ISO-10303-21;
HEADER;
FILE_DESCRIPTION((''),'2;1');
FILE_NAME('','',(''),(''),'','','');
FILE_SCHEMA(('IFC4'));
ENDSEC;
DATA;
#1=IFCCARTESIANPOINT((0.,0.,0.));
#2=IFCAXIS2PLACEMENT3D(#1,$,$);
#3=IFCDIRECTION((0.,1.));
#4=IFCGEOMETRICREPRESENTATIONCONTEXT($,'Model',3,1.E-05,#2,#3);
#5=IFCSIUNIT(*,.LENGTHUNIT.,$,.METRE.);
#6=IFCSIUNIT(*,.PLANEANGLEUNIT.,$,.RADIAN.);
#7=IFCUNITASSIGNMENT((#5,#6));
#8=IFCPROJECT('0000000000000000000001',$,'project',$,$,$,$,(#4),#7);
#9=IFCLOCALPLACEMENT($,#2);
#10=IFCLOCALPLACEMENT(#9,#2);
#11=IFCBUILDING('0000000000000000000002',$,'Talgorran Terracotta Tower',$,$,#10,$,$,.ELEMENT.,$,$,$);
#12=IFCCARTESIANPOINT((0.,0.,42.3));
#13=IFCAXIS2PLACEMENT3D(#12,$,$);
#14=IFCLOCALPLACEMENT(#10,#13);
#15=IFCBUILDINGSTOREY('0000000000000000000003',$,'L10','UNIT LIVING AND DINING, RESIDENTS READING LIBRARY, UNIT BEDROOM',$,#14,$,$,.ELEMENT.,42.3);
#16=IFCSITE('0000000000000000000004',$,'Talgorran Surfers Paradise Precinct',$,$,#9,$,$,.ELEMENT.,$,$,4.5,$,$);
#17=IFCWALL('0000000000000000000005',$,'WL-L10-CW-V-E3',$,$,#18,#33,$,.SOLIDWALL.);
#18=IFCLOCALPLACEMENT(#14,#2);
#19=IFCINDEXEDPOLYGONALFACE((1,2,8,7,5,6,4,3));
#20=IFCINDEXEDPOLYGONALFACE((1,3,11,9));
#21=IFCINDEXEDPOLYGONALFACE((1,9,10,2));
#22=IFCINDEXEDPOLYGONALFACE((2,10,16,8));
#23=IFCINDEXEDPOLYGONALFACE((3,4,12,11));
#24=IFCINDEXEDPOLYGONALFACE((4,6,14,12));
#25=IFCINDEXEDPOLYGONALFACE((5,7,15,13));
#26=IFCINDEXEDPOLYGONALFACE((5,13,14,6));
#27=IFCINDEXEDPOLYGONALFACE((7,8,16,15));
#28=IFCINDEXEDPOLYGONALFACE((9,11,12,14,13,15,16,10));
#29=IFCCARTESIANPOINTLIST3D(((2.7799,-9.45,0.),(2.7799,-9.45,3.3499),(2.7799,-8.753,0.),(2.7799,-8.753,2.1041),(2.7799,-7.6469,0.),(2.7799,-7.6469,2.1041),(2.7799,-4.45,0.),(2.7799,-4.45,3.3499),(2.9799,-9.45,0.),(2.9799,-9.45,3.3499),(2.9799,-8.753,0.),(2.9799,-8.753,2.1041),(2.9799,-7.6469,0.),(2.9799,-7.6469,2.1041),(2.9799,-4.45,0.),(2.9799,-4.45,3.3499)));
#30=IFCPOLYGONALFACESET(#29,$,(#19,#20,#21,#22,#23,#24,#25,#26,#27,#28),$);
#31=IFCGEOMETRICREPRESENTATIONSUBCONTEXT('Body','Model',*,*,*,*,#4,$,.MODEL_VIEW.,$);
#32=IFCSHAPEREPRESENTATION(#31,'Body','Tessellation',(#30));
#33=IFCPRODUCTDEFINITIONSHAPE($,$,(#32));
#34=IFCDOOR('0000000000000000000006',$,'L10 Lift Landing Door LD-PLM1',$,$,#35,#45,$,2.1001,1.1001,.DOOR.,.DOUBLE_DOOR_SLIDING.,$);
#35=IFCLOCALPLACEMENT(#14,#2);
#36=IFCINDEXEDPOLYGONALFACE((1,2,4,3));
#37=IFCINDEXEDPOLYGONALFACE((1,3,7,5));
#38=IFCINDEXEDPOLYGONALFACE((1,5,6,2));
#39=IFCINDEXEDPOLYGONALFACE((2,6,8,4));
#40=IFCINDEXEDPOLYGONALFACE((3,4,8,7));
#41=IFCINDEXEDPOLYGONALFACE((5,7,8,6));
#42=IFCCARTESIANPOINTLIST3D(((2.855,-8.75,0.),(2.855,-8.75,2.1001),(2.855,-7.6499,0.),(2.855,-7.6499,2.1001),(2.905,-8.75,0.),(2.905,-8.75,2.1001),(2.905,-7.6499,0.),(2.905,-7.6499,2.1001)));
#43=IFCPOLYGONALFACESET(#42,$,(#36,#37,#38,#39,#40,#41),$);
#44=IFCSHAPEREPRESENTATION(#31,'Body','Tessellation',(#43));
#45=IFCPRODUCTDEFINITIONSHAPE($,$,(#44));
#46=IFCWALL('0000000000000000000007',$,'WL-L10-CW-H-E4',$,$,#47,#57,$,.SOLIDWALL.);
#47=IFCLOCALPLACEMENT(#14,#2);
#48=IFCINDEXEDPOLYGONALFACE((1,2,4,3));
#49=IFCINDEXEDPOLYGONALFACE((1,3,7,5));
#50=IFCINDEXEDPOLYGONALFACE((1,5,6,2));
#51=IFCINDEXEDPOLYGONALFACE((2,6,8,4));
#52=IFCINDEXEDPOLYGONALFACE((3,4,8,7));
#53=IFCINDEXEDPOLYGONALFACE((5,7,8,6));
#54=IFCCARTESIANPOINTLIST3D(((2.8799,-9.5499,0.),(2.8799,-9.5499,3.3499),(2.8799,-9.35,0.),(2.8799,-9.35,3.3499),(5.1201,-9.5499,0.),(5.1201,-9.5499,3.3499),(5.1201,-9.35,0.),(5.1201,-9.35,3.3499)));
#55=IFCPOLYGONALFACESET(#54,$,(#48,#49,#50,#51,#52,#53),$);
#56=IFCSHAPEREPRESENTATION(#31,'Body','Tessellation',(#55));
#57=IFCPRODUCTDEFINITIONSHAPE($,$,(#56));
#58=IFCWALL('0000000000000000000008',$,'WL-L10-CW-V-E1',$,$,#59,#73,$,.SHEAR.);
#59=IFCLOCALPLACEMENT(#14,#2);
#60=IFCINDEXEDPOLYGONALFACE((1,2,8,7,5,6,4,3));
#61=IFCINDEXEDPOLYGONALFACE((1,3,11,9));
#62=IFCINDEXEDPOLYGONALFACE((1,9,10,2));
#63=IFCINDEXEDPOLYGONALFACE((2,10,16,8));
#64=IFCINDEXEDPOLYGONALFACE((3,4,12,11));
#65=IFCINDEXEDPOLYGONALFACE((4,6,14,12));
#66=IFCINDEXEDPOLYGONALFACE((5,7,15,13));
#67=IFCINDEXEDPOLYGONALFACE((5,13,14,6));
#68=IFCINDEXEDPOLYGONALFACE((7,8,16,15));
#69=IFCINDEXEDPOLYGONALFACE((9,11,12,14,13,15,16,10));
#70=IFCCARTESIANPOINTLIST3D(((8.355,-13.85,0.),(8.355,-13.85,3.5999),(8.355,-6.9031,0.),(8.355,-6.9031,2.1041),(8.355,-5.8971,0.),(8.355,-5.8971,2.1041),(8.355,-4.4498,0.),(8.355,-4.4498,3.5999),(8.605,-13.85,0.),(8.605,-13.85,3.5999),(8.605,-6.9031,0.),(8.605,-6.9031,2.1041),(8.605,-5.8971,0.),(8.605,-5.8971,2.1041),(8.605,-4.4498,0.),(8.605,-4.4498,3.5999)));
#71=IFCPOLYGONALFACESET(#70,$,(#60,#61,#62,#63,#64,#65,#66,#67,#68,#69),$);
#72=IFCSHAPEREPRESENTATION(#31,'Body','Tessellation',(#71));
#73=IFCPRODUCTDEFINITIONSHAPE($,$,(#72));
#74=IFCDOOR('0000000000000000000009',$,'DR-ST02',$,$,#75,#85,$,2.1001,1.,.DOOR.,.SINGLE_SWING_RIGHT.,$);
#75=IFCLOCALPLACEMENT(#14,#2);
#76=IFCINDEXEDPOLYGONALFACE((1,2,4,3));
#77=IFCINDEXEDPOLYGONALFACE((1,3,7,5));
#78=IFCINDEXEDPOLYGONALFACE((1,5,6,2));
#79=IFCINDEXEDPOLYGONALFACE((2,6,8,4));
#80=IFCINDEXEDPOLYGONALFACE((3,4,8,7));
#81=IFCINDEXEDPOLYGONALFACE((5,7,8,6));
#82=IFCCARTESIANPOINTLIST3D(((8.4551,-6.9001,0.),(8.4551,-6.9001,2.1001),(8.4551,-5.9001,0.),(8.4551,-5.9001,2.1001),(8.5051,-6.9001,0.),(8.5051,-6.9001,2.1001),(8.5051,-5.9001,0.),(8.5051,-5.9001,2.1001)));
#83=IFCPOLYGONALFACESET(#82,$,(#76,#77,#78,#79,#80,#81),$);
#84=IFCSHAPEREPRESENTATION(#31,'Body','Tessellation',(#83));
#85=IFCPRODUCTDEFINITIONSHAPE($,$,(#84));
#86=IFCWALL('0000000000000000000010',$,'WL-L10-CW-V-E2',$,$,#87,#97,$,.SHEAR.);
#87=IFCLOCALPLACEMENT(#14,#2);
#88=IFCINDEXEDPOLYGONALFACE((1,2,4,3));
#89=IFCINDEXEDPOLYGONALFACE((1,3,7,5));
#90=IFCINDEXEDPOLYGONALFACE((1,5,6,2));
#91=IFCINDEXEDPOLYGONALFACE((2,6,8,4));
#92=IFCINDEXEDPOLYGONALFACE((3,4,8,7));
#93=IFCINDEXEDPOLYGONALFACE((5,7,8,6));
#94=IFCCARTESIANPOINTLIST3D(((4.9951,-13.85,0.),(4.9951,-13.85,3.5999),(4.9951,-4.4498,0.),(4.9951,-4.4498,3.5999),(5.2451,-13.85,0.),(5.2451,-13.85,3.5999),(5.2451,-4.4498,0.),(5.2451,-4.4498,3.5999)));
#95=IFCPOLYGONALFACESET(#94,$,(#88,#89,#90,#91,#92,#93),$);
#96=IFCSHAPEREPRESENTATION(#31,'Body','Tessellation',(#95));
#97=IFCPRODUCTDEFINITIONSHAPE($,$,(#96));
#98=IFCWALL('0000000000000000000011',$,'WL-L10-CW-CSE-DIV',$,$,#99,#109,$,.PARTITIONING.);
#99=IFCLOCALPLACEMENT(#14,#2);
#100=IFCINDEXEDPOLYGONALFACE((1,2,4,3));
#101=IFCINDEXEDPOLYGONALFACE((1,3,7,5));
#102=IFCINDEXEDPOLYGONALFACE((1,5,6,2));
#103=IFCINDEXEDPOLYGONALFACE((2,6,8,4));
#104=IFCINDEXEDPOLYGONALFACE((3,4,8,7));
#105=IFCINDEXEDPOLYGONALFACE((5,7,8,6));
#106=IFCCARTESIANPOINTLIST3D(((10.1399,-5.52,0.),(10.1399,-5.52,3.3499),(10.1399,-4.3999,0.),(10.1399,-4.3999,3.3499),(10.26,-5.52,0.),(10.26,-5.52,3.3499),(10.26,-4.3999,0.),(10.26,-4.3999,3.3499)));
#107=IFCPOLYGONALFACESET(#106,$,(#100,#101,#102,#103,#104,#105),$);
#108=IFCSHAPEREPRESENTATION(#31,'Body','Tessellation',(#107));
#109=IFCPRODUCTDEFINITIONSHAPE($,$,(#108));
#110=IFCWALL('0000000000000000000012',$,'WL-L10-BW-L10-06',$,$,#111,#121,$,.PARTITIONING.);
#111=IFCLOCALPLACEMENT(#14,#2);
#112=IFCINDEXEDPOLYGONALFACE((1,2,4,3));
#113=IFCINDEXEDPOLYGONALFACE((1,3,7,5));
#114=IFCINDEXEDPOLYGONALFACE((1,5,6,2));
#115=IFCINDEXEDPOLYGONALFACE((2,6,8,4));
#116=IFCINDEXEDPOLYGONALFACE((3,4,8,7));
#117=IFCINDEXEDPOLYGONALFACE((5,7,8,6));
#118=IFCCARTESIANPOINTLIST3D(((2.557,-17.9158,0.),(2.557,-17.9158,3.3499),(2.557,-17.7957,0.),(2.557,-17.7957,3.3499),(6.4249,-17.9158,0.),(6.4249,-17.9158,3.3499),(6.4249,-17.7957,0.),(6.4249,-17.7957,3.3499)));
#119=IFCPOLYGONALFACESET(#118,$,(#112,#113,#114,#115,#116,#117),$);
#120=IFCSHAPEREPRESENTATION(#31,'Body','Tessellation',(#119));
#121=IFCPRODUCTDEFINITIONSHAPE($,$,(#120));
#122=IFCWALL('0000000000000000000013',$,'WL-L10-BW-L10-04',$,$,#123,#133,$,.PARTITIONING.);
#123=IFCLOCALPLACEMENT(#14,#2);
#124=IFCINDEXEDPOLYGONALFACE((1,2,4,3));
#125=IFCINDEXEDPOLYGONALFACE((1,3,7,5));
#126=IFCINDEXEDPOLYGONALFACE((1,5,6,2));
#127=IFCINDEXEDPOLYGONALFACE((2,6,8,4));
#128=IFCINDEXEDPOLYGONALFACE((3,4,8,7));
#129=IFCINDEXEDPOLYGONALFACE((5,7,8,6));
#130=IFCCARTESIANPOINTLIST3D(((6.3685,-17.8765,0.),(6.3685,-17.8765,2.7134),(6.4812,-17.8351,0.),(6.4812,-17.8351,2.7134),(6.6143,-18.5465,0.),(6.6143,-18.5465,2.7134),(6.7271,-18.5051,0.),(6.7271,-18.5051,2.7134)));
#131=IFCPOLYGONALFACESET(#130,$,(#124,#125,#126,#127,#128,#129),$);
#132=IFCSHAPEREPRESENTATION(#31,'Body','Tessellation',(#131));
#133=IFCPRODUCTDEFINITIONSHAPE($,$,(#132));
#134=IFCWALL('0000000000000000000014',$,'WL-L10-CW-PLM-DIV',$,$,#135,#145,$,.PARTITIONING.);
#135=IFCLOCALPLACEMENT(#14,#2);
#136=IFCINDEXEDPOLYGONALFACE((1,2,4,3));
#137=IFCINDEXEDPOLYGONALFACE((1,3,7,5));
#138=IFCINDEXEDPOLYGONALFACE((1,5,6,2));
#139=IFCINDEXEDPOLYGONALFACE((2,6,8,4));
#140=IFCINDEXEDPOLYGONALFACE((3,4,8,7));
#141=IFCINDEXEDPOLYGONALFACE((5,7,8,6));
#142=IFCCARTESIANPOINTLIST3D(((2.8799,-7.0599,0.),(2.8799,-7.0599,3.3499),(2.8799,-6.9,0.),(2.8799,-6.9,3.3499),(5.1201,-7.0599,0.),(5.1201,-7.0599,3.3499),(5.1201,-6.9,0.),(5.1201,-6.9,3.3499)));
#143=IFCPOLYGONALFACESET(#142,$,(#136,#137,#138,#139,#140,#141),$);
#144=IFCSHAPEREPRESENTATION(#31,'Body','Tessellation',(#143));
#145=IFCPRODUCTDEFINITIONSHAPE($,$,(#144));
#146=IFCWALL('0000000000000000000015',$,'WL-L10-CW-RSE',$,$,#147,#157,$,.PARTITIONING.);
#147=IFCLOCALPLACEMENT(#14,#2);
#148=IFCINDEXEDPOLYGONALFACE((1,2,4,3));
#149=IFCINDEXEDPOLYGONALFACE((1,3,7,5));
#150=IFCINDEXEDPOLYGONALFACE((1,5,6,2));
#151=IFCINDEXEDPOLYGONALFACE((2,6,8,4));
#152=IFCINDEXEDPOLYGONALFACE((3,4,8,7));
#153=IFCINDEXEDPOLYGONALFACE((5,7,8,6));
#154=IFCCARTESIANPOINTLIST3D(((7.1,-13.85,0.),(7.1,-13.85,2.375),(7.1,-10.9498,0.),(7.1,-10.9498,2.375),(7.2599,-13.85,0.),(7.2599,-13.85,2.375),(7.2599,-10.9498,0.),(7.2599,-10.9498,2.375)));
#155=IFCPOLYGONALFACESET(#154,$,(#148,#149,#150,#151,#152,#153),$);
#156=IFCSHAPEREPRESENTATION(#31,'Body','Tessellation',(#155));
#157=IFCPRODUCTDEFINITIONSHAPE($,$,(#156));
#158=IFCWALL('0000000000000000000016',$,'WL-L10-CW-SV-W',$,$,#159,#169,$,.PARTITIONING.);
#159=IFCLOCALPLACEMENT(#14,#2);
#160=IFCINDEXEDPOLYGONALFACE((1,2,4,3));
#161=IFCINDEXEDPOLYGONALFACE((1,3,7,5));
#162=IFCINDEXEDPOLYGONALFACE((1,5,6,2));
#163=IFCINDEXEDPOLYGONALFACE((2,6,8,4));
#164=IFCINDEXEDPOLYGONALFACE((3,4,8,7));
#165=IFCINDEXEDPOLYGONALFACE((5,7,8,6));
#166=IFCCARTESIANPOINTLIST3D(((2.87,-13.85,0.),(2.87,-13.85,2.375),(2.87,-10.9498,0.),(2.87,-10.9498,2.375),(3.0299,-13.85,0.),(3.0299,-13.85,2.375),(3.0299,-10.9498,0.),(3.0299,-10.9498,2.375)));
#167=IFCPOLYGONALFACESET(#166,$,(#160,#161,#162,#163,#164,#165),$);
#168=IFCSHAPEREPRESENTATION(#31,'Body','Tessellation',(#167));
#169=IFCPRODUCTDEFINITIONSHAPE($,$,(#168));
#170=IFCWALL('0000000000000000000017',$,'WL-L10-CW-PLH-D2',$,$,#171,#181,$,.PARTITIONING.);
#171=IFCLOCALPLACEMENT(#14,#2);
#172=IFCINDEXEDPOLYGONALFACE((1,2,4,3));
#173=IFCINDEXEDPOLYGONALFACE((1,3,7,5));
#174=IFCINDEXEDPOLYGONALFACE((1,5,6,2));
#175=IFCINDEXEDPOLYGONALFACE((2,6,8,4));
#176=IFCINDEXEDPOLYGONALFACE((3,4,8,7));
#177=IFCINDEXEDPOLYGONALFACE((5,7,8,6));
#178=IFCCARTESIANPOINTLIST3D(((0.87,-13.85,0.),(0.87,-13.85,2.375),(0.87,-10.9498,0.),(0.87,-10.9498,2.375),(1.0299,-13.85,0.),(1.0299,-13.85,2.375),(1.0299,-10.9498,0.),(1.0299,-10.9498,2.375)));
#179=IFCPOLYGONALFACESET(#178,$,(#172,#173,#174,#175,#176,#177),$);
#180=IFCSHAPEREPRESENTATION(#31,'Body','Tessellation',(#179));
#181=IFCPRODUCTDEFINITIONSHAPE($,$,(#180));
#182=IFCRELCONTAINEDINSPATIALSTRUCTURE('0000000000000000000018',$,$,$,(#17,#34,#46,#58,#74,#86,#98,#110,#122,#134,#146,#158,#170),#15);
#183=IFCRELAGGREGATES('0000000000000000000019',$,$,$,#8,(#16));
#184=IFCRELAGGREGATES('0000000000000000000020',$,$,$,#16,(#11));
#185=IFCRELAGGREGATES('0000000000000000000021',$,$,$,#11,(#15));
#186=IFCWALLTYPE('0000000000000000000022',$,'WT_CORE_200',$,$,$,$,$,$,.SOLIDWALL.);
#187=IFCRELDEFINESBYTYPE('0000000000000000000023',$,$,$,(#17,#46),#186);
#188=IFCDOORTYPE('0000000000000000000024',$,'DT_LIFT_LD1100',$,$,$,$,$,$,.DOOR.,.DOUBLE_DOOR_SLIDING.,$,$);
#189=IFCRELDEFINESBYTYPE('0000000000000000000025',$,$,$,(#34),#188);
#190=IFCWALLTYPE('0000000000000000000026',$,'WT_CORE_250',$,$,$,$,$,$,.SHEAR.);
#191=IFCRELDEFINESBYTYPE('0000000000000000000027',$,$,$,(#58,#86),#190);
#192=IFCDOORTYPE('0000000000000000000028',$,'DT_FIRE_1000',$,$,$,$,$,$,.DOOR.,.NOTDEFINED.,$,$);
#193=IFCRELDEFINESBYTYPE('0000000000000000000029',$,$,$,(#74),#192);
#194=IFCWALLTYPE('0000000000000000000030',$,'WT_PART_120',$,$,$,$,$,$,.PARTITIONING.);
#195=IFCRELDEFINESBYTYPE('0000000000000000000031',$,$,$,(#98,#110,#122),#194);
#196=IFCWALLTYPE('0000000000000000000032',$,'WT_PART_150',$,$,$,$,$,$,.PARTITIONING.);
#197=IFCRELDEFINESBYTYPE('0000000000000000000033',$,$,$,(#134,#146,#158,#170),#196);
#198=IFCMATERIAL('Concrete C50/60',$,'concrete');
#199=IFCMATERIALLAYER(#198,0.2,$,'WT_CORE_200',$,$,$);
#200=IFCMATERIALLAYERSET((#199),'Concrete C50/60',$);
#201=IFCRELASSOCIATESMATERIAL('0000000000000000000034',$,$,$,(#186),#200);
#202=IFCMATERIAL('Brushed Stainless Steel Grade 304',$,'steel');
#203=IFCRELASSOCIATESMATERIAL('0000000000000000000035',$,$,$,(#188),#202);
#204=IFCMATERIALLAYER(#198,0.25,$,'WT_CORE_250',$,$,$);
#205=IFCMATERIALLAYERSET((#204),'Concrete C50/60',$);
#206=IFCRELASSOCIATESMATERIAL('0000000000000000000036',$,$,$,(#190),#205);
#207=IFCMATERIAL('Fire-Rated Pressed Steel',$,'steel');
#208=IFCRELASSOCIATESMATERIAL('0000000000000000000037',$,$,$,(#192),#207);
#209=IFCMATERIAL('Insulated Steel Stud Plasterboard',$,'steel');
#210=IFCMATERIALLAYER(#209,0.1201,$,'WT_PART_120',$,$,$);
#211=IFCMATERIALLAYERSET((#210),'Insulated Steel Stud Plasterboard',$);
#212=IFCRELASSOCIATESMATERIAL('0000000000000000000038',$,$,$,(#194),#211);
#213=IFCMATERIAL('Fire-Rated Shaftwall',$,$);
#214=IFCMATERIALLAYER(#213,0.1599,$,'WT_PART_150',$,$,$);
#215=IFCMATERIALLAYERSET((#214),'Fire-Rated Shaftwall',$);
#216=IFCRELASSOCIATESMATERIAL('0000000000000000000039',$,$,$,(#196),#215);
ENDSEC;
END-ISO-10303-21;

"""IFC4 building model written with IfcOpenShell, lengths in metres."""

from ifc_helpers import new_model, si_unit, direction, frame, frame_2d, origin, place, context, subcontext, project, spatial, rectangle, extrude, material, layer, layer_set, type_object, element, fill, save


model = new_model("IFC4")

# Units and contexts
model_context = context("Model", 3, precision=1e-05, world=origin(), true_north=direction((0.0, 1.0)))
body_context = subcontext(model_context, "Body", "Model", "MODEL_VIEW")
ifc_project = project(units=[si_unit("LENGTHUNIT", "METRE"), si_unit("PLANEANGLEUNIT", "RADIAN")], contexts=[model_context])

# Site, building, storey
site_placement = place(None, origin())
site = spatial("IfcSite", under=ifc_project, at=site_placement, Name="Talgorran Surfers Paradise Precinct", CompositionType="ELEMENT", RefElevation=4.5)
building_placement = place(site_placement, origin())
building = spatial("IfcBuilding", under=site, at=building_placement, Name="Talgorran Terracotta Tower", CompositionType="ELEMENT")
storey_placement = place(building_placement, frame((0.0, 0.0, 42.3)))
storey = spatial("IfcBuildingStorey", under=building, at=storey_placement, Name="L10", Description="UNIT LIVING AND DINING, RESIDENTS READING LIBRARY, UNIT BEDROOM", CompositionType="ELEMENT", Elevation=42.3)

# Shared definitions
ifc_material_1 = material(Name="Concrete C50/60", Category="concrete")
ifc_layer_1 = layer(ifc_material_1, 0.2, Name="WT_CORE_200")
ifc_layer_set_1 = layer_set([ifc_layer_1], Name="Concrete C50/60")
wall_type_1 = type_object("IfcWallType", Name="WT_CORE_200", PredefinedType="SOLIDWALL", material=ifc_layer_set_1)

# Shared definitions
ifc_material_2 = material(Name="Brushed Stainless Steel Grade 304", Category="steel")
door_type_1 = type_object("IfcDoorType", Name="DT_LIFT_LD1100", OperationType="DOUBLE_DOOR_SLIDING", PredefinedType="DOOR", material=ifc_material_2)
ifc_material_3 = material(Name="Fire-Rated Pressed Steel", Category="steel")

# Wall, opening, door
wall_1_placement = place(storey_placement, frame((2.8799, -9.45, 0.0), z_axis=(0.0, 0.0, 1.0), x_axis=(0.0, 1.0, 0.0)))
wall_1 = element("IfcWall", 1, at=wall_1_placement, inside=storey, type_object=wall_type_1, Name="WL-L10-CW-V-E3", PredefinedType="SOLIDWALL", context=body_context, shape_type="SweptSolid", body=[
    extrude(rectangle(XDim=5.0, YDim=0.2, at=frame_2d((2.5, 0.0))), origin(), (0.0, 0.0, 1.0), 3.3499),
])
opening_1_placement = place(wall_1_placement, frame((0.7, 0.0, 0.0)))
opening_1 = element("IfcOpeningElement", 2, at=opening_1_placement, cuts=wall_1, PredefinedType="OPENING", context=body_context, shape_type="SweptSolid", body=[
    extrude(rectangle(XDim=1.1061, YDim=2.1041, at=frame_2d((0.55, 1.052))), frame((0.0, 0.1099, 0.0), z_axis=(0.0, -1.0, 0.0), x_axis=(1.0, 0.0, 0.0)), (0.0, 0.0, 1.0), 0.22),
])
door_1_placement = place(opening_1_placement, origin())
door_1 = element("IfcDoor", 3, at=door_1_placement, inside=storey, type_object=door_type_1, Name="L10 Lift Landing Door LD-PLM1", OperationType="DOUBLE_DOOR_SLIDING", OverallHeight=2.1001, OverallWidth=1.1001, PredefinedType="DOOR", context=body_context, shape_type="SweptSolid", body=[
    extrude(rectangle(XDim=1.1001, YDim=2.1001, at=frame_2d((0.55, 1.05))), frame((0.0, 0.0249, 0.0), z_axis=(0.0, -1.0, 0.0), x_axis=(1.0, 0.0, 0.0)), (0.0, 0.0, 1.0), 0.05),
])
fill(opening_1, door_1)

# Wall
wall_2_placement = place(storey_placement, frame((2.8799, -9.45, 0.0), z_axis=(0.0, 0.0, 1.0), x_axis=(1.0, 0.0, 0.0)))
element("IfcWall", 4, at=wall_2_placement, inside=storey, type_object=wall_type_1, Name="WL-L10-CW-H-E4", PredefinedType="SOLIDWALL", context=body_context, shape_type="SweptSolid", body=[
    extrude(rectangle(XDim=2.2402, YDim=0.2, at=frame_2d((1.1201, 0.0))), origin(), (0.0, 0.0, 1.0), 3.3499),
])

# Wall, opening, door
ifc_layer_2 = layer(ifc_material_1, 0.25, Name="WT_CORE_250")
ifc_layer_set_2 = layer_set([ifc_layer_2], Name="Concrete C50/60")
wall_type_2 = type_object("IfcWallType", Name="WT_CORE_250", PredefinedType="SHEAR", material=ifc_layer_set_2)
wall_3_placement = place(storey_placement, frame((8.48, -13.8501, 0.0), z_axis=(0.0, 0.0, 1.0), x_axis=(0.0, 1.0, 0.0)))
wall_3 = element("IfcWall", 5, at=wall_3_placement, inside=storey, type_object=wall_type_2, Name="WL-L10-CW-V-E1", PredefinedType="SHEAR", context=body_context, shape_type="SweptSolid", body=[
    extrude(rectangle(XDim=9.4001, YDim=0.25, at=frame_2d((4.7002, 0.0))), origin(), (0.0, 0.0, 1.0), 3.5999),
])
opening_2_placement = place(wall_3_placement, frame((6.95, 0.0, 0.0)))
opening_2 = element("IfcOpeningElement", 6, at=opening_2_placement, cuts=wall_3, PredefinedType="OPENING", context=body_context, shape_type="SweptSolid", body=[
    extrude(rectangle(XDim=1.006, YDim=2.1041, at=frame_2d((0.5, 1.052))), frame((0.0, 0.135, 0.0), z_axis=(0.0, -1.0, 0.0), x_axis=(1.0, 0.0, 0.0)), (0.0, 0.0, 1.0), 0.27),
])
door_type_2 = type_object("IfcDoorType", Name="DT_FIRE_1000", OperationType="NOTDEFINED", PredefinedType="DOOR", material=ifc_material_3)
door_2_placement = place(opening_2_placement, origin())
door_2 = element("IfcDoor", 7, at=door_2_placement, inside=storey, type_object=door_type_2, Name="DR-ST02", OperationType="SINGLE_SWING_RIGHT", OverallHeight=2.1001, OverallWidth=1.0, PredefinedType="DOOR", context=body_context, shape_type="SweptSolid", body=[
    extrude(rectangle(XDim=1.0, YDim=2.1001, at=frame_2d((0.5, 1.05))), frame((0.0, 0.0249, 0.0), z_axis=(0.0, -1.0, 0.0), x_axis=(1.0, 0.0, 0.0)), (0.0, 0.0, 1.0), 0.05),
])
fill(opening_2, door_2)

# Walls
wall_4_placement = place(storey_placement, frame((5.1201, -13.8501, 0.0), z_axis=(0.0, 0.0, 1.0), x_axis=(0.0, 1.0, 0.0)))
element("IfcWall", 8, at=wall_4_placement, inside=storey, type_object=wall_type_2, Name="WL-L10-CW-V-E2", PredefinedType="SHEAR", context=body_context, shape_type="SweptSolid", body=[
    extrude(rectangle(XDim=9.4001, YDim=0.25, at=frame_2d((4.7002, 0.0))), origin(), (0.0, 0.0, 1.0), 3.5999),
])
ifc_material_4 = material(Name="Insulated Steel Stud Plasterboard", Category="steel")
ifc_layer_3 = layer(ifc_material_4, 0.1201, Name="WT_PART_120")
ifc_layer_set_3 = layer_set([ifc_layer_3], Name="Insulated Steel Stud Plasterboard")
wall_type_3 = type_object("IfcWallType", Name="WT_PART_120", PredefinedType="PARTITIONING", material=ifc_layer_set_3)
wall_5_placement = place(storey_placement, frame((10.2, -5.52, 0.0), z_axis=(0.0, 0.0, 1.0), x_axis=(0.0, 1.0, 0.0)))
element("IfcWall", 9, at=wall_5_placement, inside=storey, type_object=wall_type_3, Name="WL-L10-CW-CSE-DIV", PredefinedType="PARTITIONING", context=body_context, shape_type="SweptSolid", body=[
    extrude(rectangle(XDim=1.1201, YDim=0.1201, at=frame_2d((0.5601, 0.0))), origin(), (0.0, 0.0, 1.0), 3.3499),
])
wall_6_placement = place(storey_placement, frame((2.5569, -17.8557, 0.0), z_axis=(0.0, 0.0, 1.0), x_axis=(1.0, 0.0, 0.0)))
element("IfcWall", 10, at=wall_6_placement, inside=storey, type_object=wall_type_3, Name="WL-L10-BW-L10-06", PredefinedType="PARTITIONING", context=body_context, shape_type="SweptSolid", body=[
    extrude(rectangle(XDim=3.8679, YDim=0.1201, at=frame_2d((1.9341, 0.0))), origin(), (0.0, 0.0, 1.0), 3.3499),
])
wall_7_placement = place(storey_placement, frame((6.4248, -17.8557, 0.0), z_axis=(0.0, 0.0, 1.0), x_axis=(0.344516, -0.93878, 0.0)))
element("IfcWall", 11, at=wall_7_placement, inside=storey, type_object=wall_type_3, Name="WL-L10-BW-L10-04", PredefinedType="PARTITIONING", context=body_context, shape_type="SweptSolid", body=[
    extrude(rectangle(XDim=0.7136, YDim=0.1201, at=frame_2d((0.3569, 0.0))), origin(), (0.0, 0.0, 1.0), 2.7134),
])
ifc_material_5 = material(Name="Fire-Rated Shaftwall")
ifc_layer_4 = layer(ifc_material_5, 0.1599, Name="WT_PART_150")
ifc_layer_set_4 = layer_set([ifc_layer_4], Name="Fire-Rated Shaftwall")
wall_type_4 = type_object("IfcWallType", Name="WT_PART_150", PredefinedType="PARTITIONING", material=ifc_layer_set_4)
wall_8_placement = place(storey_placement, frame((2.8799, -6.98, 0.0), z_axis=(0.0, 0.0, 1.0), x_axis=(1.0, 0.0, 0.0)))
element("IfcWall", 12, at=wall_8_placement, inside=storey, type_object=wall_type_4, Name="WL-L10-CW-PLM-DIV", PredefinedType="PARTITIONING", context=body_context, shape_type="SweptSolid", body=[
    extrude(rectangle(XDim=2.2402, YDim=0.1599, at=frame_2d((1.1201, 0.0))), origin(), (0.0, 0.0, 1.0), 3.3499),
])
for number, where, z_axis, x_axis, name in (
    (13, (7.1799, -13.8501, 0.0), (0.0, 0.0, 1.0), (0.0, 1.0, 0.0), "WL-L10-CW-RSE"),
    (14, (2.95, -13.8501, 0.0), (0.0, 0.0, 1.0), (0.0, 1.0, 0.0), "WL-L10-CW-SV-W"),
    (15, (0.95, -13.8501, 0.0), (0.0, 0.0, 1.0), (0.0, 1.0, 0.0), "WL-L10-CW-PLH-D2"),
):
    element("IfcWall", number, at=place(storey_placement, frame(where, z_axis=z_axis, x_axis=x_axis)), inside=storey, type_object=wall_type_4, Name=name, PredefinedType="PARTITIONING", context=body_context, shape_type="SweptSolid", body=[
        extrude(rectangle(XDim=2.9001, YDim=0.1599, at=frame_2d((1.4502, 0.0))), origin(), (0.0, 0.0, 1.0), 2.375),
    ])

save(model, "model.ifc")
